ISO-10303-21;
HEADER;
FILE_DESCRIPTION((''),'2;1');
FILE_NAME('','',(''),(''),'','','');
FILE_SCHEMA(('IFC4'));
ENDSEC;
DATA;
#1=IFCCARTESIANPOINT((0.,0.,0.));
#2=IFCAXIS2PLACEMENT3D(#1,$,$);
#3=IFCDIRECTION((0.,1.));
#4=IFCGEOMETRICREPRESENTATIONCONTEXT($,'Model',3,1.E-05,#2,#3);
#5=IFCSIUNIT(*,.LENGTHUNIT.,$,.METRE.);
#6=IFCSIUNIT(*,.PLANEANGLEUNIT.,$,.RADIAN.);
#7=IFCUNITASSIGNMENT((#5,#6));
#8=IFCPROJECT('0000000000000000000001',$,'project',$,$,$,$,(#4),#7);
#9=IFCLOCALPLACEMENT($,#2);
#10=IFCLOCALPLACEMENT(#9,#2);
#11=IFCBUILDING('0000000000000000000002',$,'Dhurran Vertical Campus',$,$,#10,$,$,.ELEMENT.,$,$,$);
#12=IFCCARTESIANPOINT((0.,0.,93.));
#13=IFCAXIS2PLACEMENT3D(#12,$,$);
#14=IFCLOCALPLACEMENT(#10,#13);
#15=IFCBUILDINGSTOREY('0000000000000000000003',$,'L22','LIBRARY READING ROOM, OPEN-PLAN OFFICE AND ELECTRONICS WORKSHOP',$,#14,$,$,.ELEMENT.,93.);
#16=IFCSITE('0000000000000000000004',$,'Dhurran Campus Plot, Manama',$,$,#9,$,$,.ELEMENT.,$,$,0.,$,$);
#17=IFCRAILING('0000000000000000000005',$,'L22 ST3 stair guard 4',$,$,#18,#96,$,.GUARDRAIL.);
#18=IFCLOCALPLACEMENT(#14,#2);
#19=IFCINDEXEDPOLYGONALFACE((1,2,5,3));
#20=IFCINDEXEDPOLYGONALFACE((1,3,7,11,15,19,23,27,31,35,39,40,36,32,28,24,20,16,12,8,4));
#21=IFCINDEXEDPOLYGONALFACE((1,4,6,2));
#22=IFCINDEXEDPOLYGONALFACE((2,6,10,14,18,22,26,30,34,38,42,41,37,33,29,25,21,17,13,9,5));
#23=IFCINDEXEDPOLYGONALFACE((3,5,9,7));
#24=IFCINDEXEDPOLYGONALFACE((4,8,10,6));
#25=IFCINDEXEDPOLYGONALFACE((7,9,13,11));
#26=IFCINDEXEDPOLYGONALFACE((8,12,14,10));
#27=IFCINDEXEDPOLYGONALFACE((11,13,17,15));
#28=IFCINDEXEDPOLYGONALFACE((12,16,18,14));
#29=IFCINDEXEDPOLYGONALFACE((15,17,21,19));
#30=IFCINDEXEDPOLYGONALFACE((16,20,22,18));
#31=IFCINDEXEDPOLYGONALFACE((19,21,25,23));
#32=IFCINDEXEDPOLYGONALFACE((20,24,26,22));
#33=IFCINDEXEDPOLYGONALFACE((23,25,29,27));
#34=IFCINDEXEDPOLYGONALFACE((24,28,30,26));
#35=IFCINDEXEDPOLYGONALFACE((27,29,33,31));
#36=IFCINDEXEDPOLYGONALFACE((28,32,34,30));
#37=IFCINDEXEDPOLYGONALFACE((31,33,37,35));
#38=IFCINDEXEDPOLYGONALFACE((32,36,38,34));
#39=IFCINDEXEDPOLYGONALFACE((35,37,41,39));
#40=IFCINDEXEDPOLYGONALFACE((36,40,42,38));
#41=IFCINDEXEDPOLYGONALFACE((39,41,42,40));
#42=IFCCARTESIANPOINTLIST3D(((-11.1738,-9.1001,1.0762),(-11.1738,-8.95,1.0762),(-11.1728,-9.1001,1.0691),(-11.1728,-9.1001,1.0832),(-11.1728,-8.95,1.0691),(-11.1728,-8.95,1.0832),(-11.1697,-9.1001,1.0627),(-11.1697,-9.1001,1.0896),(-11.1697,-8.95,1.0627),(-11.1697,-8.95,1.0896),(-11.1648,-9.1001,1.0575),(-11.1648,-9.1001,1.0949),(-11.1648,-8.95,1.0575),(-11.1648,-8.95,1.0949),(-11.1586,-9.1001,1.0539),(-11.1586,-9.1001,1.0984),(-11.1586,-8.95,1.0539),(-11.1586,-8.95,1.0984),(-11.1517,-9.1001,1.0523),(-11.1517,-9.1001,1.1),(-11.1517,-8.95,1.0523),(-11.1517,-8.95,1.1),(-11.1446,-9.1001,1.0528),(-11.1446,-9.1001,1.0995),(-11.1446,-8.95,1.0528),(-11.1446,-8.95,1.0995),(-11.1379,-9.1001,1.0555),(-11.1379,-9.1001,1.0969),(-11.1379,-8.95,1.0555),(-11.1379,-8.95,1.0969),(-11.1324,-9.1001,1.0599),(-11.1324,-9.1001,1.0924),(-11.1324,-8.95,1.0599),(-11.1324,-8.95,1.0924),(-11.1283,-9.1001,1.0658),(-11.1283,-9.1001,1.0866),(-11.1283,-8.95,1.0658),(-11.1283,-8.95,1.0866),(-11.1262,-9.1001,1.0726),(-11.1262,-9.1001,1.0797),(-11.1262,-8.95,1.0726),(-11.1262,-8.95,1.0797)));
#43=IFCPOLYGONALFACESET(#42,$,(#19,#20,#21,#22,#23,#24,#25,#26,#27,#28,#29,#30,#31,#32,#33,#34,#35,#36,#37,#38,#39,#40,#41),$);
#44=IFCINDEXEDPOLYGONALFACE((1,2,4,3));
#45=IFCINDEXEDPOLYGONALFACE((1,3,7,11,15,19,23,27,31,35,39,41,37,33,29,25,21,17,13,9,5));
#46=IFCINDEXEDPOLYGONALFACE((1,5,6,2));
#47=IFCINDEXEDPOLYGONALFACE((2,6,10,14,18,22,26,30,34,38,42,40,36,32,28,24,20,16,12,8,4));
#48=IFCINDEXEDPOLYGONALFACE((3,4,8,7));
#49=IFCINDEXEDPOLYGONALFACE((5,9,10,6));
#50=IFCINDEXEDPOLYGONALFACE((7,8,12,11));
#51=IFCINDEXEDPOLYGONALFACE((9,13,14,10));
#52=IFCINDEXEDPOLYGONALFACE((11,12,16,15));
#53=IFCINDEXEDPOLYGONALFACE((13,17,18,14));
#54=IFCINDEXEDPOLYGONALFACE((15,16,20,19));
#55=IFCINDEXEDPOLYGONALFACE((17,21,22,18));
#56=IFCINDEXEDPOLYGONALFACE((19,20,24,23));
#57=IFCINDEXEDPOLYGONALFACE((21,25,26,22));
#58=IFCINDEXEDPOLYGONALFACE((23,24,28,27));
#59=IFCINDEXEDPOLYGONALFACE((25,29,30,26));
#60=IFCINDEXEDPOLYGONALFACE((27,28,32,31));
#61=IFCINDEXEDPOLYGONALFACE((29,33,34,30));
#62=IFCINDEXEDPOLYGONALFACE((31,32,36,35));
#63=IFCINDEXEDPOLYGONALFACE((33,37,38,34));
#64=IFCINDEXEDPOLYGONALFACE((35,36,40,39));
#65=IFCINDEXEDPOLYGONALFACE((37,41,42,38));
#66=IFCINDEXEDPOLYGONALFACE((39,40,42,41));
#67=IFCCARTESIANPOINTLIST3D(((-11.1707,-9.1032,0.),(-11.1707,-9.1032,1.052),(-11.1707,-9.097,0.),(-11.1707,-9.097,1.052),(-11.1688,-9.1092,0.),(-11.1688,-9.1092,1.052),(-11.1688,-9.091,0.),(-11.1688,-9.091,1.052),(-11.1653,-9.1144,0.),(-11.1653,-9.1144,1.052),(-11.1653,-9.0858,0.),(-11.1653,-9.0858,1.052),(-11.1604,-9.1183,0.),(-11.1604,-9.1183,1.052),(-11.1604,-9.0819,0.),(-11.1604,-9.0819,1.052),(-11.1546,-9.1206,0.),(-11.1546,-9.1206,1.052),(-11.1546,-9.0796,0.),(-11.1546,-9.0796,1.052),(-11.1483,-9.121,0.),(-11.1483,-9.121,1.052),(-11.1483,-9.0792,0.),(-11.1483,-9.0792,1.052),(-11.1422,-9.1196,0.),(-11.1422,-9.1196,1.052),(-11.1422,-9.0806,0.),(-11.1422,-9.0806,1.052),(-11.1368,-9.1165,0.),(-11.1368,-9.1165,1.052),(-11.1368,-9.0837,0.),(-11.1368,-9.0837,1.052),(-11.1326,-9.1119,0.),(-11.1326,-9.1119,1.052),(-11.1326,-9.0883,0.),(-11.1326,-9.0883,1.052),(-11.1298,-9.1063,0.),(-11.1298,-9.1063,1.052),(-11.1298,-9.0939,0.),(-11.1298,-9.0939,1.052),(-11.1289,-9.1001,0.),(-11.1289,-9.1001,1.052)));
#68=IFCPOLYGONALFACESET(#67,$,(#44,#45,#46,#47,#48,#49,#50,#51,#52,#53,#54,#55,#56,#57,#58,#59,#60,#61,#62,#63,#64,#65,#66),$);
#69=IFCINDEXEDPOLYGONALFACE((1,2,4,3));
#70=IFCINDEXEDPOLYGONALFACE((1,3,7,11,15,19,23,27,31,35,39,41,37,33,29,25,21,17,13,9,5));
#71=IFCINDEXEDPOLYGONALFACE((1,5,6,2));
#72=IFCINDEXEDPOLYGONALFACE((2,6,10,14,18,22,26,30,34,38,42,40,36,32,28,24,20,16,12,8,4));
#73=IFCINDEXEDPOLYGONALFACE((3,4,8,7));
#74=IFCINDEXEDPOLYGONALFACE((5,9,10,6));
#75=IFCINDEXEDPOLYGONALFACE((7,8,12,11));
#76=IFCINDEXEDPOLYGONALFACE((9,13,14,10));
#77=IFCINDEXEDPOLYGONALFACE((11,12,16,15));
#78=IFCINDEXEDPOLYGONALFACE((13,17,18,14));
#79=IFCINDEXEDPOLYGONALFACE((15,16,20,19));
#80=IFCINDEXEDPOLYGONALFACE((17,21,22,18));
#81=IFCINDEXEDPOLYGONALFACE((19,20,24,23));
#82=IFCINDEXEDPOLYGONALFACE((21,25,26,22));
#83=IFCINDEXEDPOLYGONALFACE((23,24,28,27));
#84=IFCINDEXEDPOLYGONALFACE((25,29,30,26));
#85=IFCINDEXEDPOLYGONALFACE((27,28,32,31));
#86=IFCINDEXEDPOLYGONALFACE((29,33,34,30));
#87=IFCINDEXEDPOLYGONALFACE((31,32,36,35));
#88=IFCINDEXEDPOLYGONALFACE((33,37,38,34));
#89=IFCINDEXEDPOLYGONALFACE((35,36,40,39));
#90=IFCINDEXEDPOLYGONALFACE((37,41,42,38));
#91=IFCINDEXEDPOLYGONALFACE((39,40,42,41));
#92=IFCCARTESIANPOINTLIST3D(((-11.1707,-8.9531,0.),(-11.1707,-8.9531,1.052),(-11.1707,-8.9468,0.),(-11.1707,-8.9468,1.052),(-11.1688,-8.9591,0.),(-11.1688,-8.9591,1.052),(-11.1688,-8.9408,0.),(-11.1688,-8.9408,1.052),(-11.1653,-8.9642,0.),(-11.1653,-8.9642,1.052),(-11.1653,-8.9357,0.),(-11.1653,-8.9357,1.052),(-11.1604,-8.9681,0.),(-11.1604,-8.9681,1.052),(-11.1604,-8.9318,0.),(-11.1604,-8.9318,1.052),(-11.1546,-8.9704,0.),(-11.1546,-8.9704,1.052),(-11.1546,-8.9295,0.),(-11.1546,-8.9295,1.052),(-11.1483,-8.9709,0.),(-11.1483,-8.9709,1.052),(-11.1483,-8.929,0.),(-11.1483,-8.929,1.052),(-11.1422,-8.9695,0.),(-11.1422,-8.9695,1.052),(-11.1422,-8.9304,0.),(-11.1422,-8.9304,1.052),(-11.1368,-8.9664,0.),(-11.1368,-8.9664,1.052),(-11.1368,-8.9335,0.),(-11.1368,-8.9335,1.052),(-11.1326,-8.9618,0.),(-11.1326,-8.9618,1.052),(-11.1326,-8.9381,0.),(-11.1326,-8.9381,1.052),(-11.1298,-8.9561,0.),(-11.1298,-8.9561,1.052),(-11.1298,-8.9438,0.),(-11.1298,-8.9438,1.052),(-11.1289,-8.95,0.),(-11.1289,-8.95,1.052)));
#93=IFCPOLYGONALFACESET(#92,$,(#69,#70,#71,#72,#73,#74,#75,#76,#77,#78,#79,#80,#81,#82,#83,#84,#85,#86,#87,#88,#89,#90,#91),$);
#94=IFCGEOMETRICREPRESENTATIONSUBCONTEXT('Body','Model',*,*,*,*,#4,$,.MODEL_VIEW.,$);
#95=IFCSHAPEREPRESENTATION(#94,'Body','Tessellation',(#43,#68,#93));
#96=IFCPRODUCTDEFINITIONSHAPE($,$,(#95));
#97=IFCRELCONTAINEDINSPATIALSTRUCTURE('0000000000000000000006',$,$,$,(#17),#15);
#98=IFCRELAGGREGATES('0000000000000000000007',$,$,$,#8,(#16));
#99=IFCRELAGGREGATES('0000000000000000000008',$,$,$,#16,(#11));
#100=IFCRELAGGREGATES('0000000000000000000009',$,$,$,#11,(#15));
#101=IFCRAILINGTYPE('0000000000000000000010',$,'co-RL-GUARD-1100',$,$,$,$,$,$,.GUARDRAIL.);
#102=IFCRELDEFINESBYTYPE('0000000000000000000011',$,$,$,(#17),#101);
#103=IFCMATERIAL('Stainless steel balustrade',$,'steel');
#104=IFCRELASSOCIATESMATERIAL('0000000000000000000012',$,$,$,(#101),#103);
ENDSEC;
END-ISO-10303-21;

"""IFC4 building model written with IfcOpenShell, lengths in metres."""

from ifc_helpers import new_model, si_unit, direction, frame, origin, origin_2d, place, context, subcontext, project, spatial, circle, extrude, material, type_object, element, save


model = new_model("IFC4")

# Units and contexts
model_context = context("Model", 3, precision=1e-05, world=origin(), true_north=direction((0.0, 1.0)))
body_context = subcontext(model_context, "Body", "Model", "MODEL_VIEW")
ifc_project = project(units=[si_unit("LENGTHUNIT", "METRE"), si_unit("PLANEANGLEUNIT", "RADIAN")], contexts=[model_context])

# Site, building, storey
site_placement = place(None, origin())
site = spatial("IfcSite", under=ifc_project, at=site_placement, Name="Dhurran Campus Plot, Manama", CompositionType="ELEMENT", RefElevation=0.0)
building_placement = place(site_placement, origin())
building = spatial("IfcBuilding", under=site, at=building_placement, Name="Dhurran Vertical Campus", CompositionType="ELEMENT")
storey_placement = place(building_placement, frame((0.0, 0.0, 93.0)))
storey = spatial("IfcBuildingStorey", under=building, at=storey_placement, Name="L22", Description="LIBRARY READING ROOM, OPEN-PLAN OFFICE AND ELECTRONICS WORKSHOP", CompositionType="ELEMENT", Elevation=93.0)

# Railing
ifc_material_1 = material(Name="Stainless steel balustrade", Category="steel")
railing_type_1 = type_object("IfcRailingType", Name="co-RL-GUARD-1100", PredefinedType="GUARDRAIL", material=ifc_material_1)
railing_1_placement = place(storey_placement, frame((-11.1499, -9.1001, 0.0)))
element("IfcRailing", 1, at=railing_1_placement, inside=storey, type_object=railing_type_1, Name="L22 ST3 stair guard 4", PredefinedType="GUARDRAIL", context=body_context, shape_type="SweptSolid", body=[
    extrude(circle(Radius=0.0239, at=origin_2d()), frame((0.0, 0.0, 1.0762), z_axis=(0.0, 1.0, 0.0), x_axis=(-1.0, 0.0, 0.0)), (0.0, 0.0, 1.0), 0.1501),
    extrude(circle(Radius=0.021, at=origin_2d()), origin(), (0.0, 0.0, 1.0), 1.052),
    extrude(circle(Radius=0.021, at=origin_2d()), frame((0.0, 0.1501, 0.0)), (0.0, 0.0, 1.0), 1.052),
])

save(model, "model.ifc")
